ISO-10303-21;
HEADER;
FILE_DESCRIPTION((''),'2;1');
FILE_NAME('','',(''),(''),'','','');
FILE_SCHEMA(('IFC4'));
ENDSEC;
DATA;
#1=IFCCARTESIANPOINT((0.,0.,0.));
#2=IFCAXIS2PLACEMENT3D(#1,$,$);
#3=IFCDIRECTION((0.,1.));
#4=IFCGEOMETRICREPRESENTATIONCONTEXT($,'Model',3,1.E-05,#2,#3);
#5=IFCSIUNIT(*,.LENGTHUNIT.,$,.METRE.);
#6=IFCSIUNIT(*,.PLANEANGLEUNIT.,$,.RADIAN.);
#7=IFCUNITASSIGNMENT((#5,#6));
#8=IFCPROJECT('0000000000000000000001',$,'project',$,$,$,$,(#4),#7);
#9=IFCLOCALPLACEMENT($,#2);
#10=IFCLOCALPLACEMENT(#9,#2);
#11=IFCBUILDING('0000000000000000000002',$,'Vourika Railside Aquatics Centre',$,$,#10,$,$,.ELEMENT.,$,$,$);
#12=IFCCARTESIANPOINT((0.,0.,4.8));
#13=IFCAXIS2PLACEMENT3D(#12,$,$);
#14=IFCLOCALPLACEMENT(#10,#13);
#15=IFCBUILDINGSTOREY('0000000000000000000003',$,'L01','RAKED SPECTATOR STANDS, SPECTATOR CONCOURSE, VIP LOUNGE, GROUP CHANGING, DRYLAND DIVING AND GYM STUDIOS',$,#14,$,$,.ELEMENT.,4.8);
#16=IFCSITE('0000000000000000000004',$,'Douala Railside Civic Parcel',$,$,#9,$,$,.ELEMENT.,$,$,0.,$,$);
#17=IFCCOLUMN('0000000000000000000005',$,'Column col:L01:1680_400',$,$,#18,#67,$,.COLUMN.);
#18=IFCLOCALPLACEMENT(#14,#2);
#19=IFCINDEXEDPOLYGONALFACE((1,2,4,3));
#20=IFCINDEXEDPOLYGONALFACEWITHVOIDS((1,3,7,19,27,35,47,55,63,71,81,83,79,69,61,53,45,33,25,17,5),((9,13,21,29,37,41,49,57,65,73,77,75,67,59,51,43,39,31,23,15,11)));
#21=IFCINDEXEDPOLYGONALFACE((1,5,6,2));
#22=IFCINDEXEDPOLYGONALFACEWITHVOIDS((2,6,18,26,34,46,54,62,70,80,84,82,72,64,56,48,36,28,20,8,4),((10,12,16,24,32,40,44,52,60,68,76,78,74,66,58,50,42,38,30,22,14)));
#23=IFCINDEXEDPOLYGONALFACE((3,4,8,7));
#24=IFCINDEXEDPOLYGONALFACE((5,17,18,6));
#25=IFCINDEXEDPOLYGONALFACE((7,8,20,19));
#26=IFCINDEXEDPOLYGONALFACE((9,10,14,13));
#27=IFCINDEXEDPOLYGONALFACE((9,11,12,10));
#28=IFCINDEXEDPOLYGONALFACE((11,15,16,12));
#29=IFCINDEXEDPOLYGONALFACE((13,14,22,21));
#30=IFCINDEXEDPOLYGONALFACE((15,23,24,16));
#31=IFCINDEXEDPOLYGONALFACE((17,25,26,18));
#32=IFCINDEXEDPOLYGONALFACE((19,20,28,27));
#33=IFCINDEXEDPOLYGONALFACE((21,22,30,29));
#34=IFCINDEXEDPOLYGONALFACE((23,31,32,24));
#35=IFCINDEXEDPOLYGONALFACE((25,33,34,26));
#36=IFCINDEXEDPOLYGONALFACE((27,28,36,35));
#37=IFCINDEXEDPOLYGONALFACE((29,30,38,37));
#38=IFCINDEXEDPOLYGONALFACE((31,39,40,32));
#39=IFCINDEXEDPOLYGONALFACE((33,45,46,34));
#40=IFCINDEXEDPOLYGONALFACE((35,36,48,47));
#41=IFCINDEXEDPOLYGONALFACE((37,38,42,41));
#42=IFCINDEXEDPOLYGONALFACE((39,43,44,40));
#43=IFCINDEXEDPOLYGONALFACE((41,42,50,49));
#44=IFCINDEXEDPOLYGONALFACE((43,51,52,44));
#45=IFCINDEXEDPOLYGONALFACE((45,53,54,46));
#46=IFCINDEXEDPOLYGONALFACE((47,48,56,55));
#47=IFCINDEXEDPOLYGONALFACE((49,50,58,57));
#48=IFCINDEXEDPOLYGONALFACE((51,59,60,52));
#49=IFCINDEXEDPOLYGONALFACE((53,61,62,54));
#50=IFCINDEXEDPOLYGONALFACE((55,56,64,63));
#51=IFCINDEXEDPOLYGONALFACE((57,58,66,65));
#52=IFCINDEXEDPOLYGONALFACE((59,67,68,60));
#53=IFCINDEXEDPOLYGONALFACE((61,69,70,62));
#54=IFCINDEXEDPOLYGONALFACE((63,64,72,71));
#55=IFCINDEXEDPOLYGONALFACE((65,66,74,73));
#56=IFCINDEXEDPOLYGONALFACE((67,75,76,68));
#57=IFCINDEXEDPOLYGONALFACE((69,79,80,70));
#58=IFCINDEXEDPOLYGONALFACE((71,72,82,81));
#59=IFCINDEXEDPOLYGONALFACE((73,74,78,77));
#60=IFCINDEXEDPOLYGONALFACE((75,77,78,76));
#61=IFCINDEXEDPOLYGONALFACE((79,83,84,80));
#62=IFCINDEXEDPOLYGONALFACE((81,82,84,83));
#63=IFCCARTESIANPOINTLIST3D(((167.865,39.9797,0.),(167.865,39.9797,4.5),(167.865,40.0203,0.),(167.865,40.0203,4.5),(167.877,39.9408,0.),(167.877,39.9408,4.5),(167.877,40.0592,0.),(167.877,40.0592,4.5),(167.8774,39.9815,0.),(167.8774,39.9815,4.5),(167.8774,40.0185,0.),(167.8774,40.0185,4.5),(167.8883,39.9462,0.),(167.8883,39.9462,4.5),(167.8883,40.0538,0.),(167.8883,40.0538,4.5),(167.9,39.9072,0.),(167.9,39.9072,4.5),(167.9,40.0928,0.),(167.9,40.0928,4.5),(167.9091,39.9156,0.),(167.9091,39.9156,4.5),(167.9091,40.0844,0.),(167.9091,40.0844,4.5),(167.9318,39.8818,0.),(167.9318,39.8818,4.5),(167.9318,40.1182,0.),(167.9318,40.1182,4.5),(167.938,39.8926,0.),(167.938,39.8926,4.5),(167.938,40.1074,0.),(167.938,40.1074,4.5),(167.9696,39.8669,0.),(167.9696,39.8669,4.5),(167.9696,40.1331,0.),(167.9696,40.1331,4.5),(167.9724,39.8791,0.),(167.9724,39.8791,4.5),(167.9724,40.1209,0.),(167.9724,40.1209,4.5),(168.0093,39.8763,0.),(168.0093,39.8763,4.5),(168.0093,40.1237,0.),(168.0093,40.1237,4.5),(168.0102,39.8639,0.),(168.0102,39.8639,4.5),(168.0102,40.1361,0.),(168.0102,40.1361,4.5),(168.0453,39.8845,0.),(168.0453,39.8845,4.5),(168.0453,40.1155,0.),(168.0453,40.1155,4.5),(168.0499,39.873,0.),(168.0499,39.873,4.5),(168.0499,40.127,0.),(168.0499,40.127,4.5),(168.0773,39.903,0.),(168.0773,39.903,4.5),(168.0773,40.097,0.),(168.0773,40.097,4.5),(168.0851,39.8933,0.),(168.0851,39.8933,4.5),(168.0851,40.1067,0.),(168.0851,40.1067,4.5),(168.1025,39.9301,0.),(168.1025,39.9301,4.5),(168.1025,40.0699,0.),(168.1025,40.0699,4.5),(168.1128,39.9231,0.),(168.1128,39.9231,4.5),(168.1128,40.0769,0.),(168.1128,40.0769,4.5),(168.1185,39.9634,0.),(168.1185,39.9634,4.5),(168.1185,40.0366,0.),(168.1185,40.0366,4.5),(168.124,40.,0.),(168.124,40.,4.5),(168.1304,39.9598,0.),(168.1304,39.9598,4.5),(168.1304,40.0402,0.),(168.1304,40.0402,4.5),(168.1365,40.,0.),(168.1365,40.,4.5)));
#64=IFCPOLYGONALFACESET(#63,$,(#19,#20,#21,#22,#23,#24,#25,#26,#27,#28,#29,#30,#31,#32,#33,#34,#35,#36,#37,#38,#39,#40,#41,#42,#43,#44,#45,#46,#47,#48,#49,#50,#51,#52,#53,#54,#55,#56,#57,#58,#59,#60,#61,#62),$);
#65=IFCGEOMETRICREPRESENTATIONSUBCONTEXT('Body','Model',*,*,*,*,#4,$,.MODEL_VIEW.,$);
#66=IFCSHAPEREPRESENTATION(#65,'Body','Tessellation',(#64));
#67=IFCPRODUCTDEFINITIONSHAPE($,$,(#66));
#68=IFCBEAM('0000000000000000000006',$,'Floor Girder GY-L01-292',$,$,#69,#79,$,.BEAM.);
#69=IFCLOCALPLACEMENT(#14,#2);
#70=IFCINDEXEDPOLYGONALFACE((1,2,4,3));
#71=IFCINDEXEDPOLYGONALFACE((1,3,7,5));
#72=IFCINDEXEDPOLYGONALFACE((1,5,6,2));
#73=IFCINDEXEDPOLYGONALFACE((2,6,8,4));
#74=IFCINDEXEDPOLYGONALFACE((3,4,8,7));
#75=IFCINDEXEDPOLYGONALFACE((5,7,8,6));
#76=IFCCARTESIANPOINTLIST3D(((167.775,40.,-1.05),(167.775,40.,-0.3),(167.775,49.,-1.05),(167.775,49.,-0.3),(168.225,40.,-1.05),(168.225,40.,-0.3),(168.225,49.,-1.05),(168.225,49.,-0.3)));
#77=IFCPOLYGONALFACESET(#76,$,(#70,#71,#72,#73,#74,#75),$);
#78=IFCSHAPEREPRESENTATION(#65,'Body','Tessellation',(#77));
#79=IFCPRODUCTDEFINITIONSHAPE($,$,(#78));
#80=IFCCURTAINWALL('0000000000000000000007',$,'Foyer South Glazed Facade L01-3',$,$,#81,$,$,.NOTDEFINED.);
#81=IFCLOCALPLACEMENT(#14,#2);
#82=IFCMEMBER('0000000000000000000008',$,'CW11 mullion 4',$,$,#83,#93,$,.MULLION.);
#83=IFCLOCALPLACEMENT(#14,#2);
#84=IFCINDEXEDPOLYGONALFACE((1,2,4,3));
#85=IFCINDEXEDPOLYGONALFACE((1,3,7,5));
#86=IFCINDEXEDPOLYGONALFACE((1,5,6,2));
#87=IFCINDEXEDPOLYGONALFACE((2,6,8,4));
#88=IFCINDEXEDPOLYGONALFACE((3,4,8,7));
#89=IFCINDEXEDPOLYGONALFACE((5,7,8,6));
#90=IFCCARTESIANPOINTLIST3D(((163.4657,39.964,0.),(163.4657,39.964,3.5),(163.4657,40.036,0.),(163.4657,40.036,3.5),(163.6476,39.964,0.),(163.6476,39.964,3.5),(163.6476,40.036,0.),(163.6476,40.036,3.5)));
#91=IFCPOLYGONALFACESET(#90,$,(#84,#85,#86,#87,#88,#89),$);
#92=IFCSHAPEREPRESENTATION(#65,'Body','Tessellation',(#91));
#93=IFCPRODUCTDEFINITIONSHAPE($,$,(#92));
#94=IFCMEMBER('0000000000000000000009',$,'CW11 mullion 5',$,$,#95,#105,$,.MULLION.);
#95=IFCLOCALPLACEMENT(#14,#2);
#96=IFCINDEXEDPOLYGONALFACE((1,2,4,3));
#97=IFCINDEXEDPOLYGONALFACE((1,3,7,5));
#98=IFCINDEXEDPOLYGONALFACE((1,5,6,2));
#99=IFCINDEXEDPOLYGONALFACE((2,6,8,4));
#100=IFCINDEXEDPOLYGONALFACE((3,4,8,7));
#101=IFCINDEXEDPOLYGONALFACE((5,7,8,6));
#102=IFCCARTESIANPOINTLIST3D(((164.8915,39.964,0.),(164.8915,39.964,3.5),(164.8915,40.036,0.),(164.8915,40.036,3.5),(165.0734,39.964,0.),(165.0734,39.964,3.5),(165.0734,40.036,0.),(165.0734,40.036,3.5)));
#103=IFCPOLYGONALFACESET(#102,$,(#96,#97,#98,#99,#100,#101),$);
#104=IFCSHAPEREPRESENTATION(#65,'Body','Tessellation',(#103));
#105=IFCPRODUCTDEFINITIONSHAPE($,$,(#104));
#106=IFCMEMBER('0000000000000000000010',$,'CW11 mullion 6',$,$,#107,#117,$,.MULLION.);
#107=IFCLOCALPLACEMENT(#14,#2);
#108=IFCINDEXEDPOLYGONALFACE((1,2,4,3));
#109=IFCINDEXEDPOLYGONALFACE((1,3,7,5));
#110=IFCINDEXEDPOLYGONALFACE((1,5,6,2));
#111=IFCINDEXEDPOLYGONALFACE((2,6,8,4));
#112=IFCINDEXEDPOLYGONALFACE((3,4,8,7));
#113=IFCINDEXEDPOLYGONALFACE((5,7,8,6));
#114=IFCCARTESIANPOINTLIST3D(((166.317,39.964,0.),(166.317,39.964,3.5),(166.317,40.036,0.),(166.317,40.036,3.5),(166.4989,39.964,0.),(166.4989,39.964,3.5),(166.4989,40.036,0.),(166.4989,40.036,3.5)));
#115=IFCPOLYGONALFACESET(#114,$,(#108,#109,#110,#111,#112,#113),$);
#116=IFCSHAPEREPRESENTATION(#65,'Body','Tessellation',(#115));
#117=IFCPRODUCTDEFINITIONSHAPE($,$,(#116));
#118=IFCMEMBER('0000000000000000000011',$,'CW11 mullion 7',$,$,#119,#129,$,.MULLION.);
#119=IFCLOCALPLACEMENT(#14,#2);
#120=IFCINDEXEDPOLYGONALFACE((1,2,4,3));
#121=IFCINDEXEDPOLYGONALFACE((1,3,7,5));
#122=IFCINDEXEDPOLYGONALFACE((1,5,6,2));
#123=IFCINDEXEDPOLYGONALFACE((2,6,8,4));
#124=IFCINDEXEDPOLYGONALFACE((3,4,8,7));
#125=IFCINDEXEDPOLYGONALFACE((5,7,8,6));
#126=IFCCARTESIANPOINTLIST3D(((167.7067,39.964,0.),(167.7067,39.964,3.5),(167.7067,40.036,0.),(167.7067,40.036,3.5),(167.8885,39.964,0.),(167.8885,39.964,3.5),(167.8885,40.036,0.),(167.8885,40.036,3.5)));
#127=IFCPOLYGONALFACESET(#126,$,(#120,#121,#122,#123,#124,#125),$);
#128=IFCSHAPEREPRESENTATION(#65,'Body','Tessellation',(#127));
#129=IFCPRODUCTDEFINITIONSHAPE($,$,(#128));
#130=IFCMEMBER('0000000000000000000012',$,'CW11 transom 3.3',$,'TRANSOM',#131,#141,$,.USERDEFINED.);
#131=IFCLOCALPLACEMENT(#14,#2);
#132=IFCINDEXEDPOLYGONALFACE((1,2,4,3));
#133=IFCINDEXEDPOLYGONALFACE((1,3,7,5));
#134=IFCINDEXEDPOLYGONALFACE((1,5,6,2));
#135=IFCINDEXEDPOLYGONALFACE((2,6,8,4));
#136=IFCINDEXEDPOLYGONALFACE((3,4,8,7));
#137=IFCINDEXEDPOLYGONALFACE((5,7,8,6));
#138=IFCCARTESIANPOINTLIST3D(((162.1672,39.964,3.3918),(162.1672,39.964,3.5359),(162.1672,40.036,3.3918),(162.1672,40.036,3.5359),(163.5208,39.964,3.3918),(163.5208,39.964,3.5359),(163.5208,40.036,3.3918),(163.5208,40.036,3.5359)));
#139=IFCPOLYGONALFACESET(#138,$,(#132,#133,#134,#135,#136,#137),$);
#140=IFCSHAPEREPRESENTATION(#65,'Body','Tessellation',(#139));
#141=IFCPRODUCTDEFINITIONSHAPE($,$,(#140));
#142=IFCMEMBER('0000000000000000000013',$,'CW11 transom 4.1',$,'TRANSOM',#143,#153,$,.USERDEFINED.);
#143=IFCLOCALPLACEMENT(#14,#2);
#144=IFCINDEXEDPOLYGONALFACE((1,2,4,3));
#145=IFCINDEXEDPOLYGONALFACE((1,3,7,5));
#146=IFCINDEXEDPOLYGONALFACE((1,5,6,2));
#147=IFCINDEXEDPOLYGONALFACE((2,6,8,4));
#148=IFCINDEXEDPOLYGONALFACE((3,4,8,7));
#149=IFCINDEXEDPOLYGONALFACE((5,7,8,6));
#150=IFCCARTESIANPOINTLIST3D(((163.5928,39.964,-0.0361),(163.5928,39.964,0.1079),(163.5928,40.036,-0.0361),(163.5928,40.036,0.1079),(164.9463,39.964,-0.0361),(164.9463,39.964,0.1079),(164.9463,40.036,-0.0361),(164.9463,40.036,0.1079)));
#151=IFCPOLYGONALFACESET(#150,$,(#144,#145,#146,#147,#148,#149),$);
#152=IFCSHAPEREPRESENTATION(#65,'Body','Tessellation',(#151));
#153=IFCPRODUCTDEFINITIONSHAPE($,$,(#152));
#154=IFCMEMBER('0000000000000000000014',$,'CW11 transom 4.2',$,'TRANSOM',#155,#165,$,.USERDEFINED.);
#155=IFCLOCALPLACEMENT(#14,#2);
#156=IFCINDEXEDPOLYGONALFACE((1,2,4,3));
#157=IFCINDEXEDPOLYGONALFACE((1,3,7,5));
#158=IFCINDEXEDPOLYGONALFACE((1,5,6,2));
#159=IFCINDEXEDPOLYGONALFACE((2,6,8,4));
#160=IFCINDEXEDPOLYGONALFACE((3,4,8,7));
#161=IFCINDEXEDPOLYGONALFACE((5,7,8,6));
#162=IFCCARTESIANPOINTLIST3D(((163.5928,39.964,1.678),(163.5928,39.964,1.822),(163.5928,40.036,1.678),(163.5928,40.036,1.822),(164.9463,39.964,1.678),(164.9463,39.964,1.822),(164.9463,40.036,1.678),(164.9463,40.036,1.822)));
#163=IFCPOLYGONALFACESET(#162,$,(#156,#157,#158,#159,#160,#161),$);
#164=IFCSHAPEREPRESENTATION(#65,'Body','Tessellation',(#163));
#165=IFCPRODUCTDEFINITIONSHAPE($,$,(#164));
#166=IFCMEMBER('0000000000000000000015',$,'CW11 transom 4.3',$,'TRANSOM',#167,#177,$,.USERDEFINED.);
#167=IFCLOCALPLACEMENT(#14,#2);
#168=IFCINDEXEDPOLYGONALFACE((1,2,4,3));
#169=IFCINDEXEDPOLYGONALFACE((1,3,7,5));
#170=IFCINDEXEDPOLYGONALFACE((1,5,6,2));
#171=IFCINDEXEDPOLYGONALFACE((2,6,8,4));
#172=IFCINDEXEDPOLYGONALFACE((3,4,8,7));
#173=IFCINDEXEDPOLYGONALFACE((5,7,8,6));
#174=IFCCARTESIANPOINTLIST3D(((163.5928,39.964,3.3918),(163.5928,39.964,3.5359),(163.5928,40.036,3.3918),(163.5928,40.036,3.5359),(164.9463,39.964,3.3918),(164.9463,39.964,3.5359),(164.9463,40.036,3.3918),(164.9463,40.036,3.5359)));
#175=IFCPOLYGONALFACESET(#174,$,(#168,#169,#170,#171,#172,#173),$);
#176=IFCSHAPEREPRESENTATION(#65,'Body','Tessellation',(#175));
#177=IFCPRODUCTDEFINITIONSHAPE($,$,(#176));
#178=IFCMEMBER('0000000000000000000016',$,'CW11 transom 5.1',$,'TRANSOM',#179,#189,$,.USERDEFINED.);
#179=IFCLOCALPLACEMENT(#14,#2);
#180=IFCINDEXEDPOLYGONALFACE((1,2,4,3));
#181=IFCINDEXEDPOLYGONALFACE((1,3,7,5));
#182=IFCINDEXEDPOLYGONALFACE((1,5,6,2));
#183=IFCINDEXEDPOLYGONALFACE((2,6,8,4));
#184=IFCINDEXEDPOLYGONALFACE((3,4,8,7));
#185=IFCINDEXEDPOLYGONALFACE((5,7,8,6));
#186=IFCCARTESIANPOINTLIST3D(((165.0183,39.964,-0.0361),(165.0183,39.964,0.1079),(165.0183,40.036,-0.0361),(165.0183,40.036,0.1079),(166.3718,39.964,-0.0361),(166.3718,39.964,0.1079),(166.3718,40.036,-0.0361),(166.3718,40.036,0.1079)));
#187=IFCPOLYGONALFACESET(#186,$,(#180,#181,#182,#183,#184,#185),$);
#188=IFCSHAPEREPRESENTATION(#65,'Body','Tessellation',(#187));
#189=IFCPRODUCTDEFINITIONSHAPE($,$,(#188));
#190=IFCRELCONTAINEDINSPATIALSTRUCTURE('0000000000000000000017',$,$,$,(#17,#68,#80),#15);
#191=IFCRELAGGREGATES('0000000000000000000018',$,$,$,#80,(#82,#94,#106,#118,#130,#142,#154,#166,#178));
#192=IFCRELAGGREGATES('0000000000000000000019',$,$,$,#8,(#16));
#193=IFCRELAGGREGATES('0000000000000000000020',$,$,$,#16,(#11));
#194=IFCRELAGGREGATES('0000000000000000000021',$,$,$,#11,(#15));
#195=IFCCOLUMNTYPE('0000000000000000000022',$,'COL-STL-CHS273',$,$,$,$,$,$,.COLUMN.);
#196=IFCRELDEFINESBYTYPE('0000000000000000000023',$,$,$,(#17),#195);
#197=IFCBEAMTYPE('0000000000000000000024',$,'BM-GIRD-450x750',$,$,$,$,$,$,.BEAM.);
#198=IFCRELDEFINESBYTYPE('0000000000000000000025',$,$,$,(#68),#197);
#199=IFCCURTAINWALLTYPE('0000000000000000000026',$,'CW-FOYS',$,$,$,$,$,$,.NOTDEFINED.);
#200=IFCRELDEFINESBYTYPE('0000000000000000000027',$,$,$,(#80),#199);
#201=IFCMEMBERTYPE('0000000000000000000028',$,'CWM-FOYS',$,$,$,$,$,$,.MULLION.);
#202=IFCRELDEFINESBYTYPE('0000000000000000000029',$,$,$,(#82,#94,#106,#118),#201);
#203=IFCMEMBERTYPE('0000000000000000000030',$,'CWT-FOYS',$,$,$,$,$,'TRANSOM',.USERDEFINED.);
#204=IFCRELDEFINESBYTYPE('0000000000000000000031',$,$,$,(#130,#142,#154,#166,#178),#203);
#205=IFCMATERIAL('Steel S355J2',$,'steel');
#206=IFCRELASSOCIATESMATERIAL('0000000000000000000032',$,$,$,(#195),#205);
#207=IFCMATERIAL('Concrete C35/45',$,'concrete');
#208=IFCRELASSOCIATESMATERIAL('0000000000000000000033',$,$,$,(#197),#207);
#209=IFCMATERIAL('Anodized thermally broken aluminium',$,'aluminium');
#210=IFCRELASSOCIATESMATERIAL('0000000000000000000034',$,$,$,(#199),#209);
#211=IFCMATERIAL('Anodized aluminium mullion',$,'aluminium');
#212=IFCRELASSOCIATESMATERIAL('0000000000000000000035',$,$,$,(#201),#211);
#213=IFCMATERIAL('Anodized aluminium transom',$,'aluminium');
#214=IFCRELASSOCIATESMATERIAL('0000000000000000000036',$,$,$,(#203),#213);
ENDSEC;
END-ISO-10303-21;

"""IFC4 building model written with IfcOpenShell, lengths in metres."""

from ifc_helpers import new_model, si_unit, direction, frame, origin, origin_2d, place, context, subcontext, project, spatial, rectangle, hollow_circle, extrude, material, material_profile, profile_set, type_object, element, aggregate, save


model = new_model("IFC4")

# Units and contexts
model_context = context("Model", 3, precision=1e-05, world=origin(), true_north=direction((0.0, 1.0)))
body_context = subcontext(model_context, "Body", "Model", "MODEL_VIEW")
ifc_project = project(units=[si_unit("LENGTHUNIT", "METRE"), si_unit("PLANEANGLEUNIT", "RADIAN")], contexts=[model_context])

# Site, building, storey
site_placement = place(None, origin())
site = spatial("IfcSite", under=ifc_project, at=site_placement, Name="Douala Railside Civic Parcel", CompositionType="ELEMENT", RefElevation=0.0)
building_placement = place(site_placement, origin())
building = spatial("IfcBuilding", under=site, at=building_placement, Name="Vourika Railside Aquatics Centre", CompositionType="ELEMENT")
storey_placement = place(building_placement, frame((0.0, 0.0, 4.8)))
storey = spatial("IfcBuildingStorey", under=building, at=storey_placement, Name="L01", Description="RAKED SPECTATOR STANDS, SPECTATOR CONCOURSE, VIP LOUNGE, GROUP CHANGING, DRYLAND DIVING AND GYM STUDIOS", CompositionType="ELEMENT", Elevation=4.8)

# Column
ifc_material_1 = material(Name="Steel S355J2", Category="steel")
ifc_material_profile_1 = material_profile(ifc_material_1, hollow_circle(Radius=0.1365, WallThickness=0.0125, at=origin_2d()), Name="CHS 273x12.5")
ifc_profile_set_1 = profile_set([ifc_material_profile_1], Name="Steel S355J2")
column_type = type_object("IfcColumnType", Name="COL-STL-CHS273", PredefinedType="COLUMN", material=ifc_profile_set_1)
column_placement = place(storey_placement, frame((168.0, 40.0, 0.0), z_axis=(0.0, 0.0, 1.0), x_axis=(1.0, 0.0, 0.0)))
element("IfcColumn", 1, at=column_placement, inside=storey, type_object=column_type, Name="Column col:L01:1680_400", PredefinedType="COLUMN", context=body_context, shape_type="SweptSolid", body=[
    extrude(hollow_circle(Radius=0.1365, WallThickness=0.0125, at=origin_2d()), origin(), (0.0, 0.0, 1.0), 4.5),
])

# Beam
ifc_material_2 = material(Name="Concrete C35/45", Category="concrete")
ifc_material_profile_2 = material_profile(ifc_material_2, rectangle(XDim=0.45, YDim=0.75, at=origin_2d()), Name="RC 450x750")
ifc_profile_set_2 = profile_set([ifc_material_profile_2], Name="Concrete C35/45")
beam_type = type_object("IfcBeamType", Name="BM-GIRD-450x750", PredefinedType="BEAM", material=ifc_profile_set_2)
beam_placement = place(storey_placement, frame((168.0, 40.0, -0.675), z_axis=(0.0, 1.0, 0.0), x_axis=(-1.0, 0.0, 0.0)))
element("IfcBeam", 2, at=beam_placement, inside=storey, type_object=beam_type, Name="Floor Girder GY-L01-292", PredefinedType="BEAM", context=body_context, shape_type="SweptSolid", body=[
    extrude(rectangle(XDim=0.45, YDim=0.75, at=origin_2d()), origin(), (0.0, 0.0, 1.0), 9.0),
])

# Curtain wall, members
ifc_material_3 = material(Name="Anodized thermally broken aluminium", Category="aluminium")
curtain_wall_type = type_object("IfcCurtainWallType", Name="CW-FOYS", PredefinedType="NOTDEFINED", material=ifc_material_3)
curtain_wall_placement = place(storey_placement, origin())
curtain_wall = element("IfcCurtainWall", 3, at=curtain_wall_placement, inside=storey, type_object=curtain_wall_type, Name="Foyer South Glazed Facade L01-3", PredefinedType="NOTDEFINED")
ifc_material_4 = material(Name="Anodized aluminium mullion", Category="aluminium")
ifc_material_profile_3 = material_profile(ifc_material_4, rectangle(XDim=0.072, YDim=0.1819, at=origin_2d()), Name="ALU-M 72x182")
ifc_profile_set_3 = profile_set([ifc_material_profile_3], Name="Anodized aluminium mullion")
member_type_1 = type_object("IfcMemberType", Name="CWM-FOYS", PredefinedType="MULLION", material=ifc_profile_set_3)
member_1_placement = place(storey_placement, frame((163.5566, 40.0, 0.0), z_axis=(0.0, 0.0, 1.0), x_axis=(0.0, 1.0, 0.0)))
member_1 = element("IfcMember", 4, at=member_1_placement, type_object=member_type_1, Name="CW11 mullion 4", PredefinedType="MULLION", context=body_context, shape_type="SweptSolid", body=[
    extrude(rectangle(XDim=0.072, YDim=0.1819, at=origin_2d()), origin(), (0.0, 0.0, 1.0), 3.5),
])
member_2_placement = place(storey_placement, frame((164.9824, 40.0, 0.0), z_axis=(0.0, 0.0, 1.0), x_axis=(0.0, 1.0, 0.0)))
member_2 = element("IfcMember", 5, at=member_2_placement, type_object=member_type_1, Name="CW11 mullion 5", PredefinedType="MULLION", context=body_context, shape_type="SweptSolid", body=[
    extrude(rectangle(XDim=0.072, YDim=0.1819, at=origin_2d()), origin(), (0.0, 0.0, 1.0), 3.5),
])
member_3_placement = place(storey_placement, frame((166.408, 40.0, 0.0), z_axis=(0.0, 0.0, 1.0), x_axis=(0.0, 1.0, 0.0)))
member_3 = element("IfcMember", 6, at=member_3_placement, type_object=member_type_1, Name="CW11 mullion 6", PredefinedType="MULLION", context=body_context, shape_type="SweptSolid", body=[
    extrude(rectangle(XDim=0.072, YDim=0.1819, at=origin_2d()), origin(), (0.0, 0.0, 1.0), 3.5),
])
member_4_placement = place(storey_placement, frame((167.7976, 40.0, 0.0), z_axis=(0.0, 0.0, 1.0), x_axis=(0.0, 1.0, 0.0)))
member_4 = element("IfcMember", 7, at=member_4_placement, type_object=member_type_1, Name="CW11 mullion 7", PredefinedType="MULLION", context=body_context, shape_type="SweptSolid", body=[
    extrude(rectangle(XDim=0.072, YDim=0.1819, at=origin_2d()), origin(), (0.0, 0.0, 1.0), 3.5),
])
ifc_material_5 = material(Name="Anodized aluminium transom", Category="aluminium")
ifc_material_profile_4 = material_profile(ifc_material_5, rectangle(XDim=0.072, YDim=0.144, at=origin_2d()), Name="ALU-T 72x144")
ifc_profile_set_4 = profile_set([ifc_material_profile_4], Name="Anodized aluminium transom")
member_type_2 = type_object("IfcMemberType", Name="CWT-FOYS", ElementType="TRANSOM", PredefinedType="USERDEFINED", material=ifc_profile_set_4)
member_5_placement = place(storey_placement, frame((162.1672, 40.0, 3.4639), z_axis=(1.0, 0.0, 0.0), x_axis=(0.0, 1.0, 0.0)))
member_5 = element("IfcMember", 8, at=member_5_placement, type_object=member_type_2, Name="CW11 transom 3.3", ObjectType="TRANSOM", PredefinedType="USERDEFINED", context=body_context, shape_type="SweptSolid", body=[
    extrude(rectangle(XDim=0.072, YDim=0.144, at=origin_2d()), origin(), (0.0, 0.0, 1.0), 1.3535),
])
member_6_placement = place(storey_placement, frame((163.5928, 40.0, 0.0359), z_axis=(1.0, 0.0, 0.0), x_axis=(0.0, 1.0, 0.0)))
member_6 = element("IfcMember", 9, at=member_6_placement, type_object=member_type_2, Name="CW11 transom 4.1", ObjectType="TRANSOM", PredefinedType="USERDEFINED", context=body_context, shape_type="SweptSolid", body=[
    extrude(rectangle(XDim=0.072, YDim=0.144, at=origin_2d()), origin(), (0.0, 0.0, 1.0), 1.3535),
])
member_7_placement = place(storey_placement, frame((163.5928, 40.0, 1.75), z_axis=(1.0, 0.0, 0.0), x_axis=(0.0, 1.0, 0.0)))
member_7 = element("IfcMember", 10, at=member_7_placement, type_object=member_type_2, Name="CW11 transom 4.2", ObjectType="TRANSOM", PredefinedType="USERDEFINED", context=body_context, shape_type="SweptSolid", body=[
    extrude(rectangle(XDim=0.072, YDim=0.144, at=origin_2d()), origin(), (0.0, 0.0, 1.0), 1.3535),
])
member_8_placement = place(storey_placement, frame((163.5928, 40.0, 3.4639), z_axis=(1.0, 0.0, 0.0), x_axis=(0.0, 1.0, 0.0)))
member_8 = element("IfcMember", 11, at=member_8_placement, type_object=member_type_2, Name="CW11 transom 4.3", ObjectType="TRANSOM", PredefinedType="USERDEFINED", context=body_context, shape_type="SweptSolid", body=[
    extrude(rectangle(XDim=0.072, YDim=0.144, at=origin_2d()), origin(), (0.0, 0.0, 1.0), 1.3535),
])
member_9_placement = place(storey_placement, frame((165.0183, 40.0, 0.0359), z_axis=(1.0, 0.0, 0.0), x_axis=(0.0, 1.0, 0.0)))
member_9 = element("IfcMember", 12, at=member_9_placement, type_object=member_type_2, Name="CW11 transom 5.1", ObjectType="TRANSOM", PredefinedType="USERDEFINED", context=body_context, shape_type="SweptSolid", body=[
    extrude(rectangle(XDim=0.072, YDim=0.144, at=origin_2d()), origin(), (0.0, 0.0, 1.0), 1.3535),
])
aggregate(curtain_wall, [member_1, member_2, member_3, member_4, member_5, member_6, member_7, member_8, member_9])

save(model, "model.ifc")
